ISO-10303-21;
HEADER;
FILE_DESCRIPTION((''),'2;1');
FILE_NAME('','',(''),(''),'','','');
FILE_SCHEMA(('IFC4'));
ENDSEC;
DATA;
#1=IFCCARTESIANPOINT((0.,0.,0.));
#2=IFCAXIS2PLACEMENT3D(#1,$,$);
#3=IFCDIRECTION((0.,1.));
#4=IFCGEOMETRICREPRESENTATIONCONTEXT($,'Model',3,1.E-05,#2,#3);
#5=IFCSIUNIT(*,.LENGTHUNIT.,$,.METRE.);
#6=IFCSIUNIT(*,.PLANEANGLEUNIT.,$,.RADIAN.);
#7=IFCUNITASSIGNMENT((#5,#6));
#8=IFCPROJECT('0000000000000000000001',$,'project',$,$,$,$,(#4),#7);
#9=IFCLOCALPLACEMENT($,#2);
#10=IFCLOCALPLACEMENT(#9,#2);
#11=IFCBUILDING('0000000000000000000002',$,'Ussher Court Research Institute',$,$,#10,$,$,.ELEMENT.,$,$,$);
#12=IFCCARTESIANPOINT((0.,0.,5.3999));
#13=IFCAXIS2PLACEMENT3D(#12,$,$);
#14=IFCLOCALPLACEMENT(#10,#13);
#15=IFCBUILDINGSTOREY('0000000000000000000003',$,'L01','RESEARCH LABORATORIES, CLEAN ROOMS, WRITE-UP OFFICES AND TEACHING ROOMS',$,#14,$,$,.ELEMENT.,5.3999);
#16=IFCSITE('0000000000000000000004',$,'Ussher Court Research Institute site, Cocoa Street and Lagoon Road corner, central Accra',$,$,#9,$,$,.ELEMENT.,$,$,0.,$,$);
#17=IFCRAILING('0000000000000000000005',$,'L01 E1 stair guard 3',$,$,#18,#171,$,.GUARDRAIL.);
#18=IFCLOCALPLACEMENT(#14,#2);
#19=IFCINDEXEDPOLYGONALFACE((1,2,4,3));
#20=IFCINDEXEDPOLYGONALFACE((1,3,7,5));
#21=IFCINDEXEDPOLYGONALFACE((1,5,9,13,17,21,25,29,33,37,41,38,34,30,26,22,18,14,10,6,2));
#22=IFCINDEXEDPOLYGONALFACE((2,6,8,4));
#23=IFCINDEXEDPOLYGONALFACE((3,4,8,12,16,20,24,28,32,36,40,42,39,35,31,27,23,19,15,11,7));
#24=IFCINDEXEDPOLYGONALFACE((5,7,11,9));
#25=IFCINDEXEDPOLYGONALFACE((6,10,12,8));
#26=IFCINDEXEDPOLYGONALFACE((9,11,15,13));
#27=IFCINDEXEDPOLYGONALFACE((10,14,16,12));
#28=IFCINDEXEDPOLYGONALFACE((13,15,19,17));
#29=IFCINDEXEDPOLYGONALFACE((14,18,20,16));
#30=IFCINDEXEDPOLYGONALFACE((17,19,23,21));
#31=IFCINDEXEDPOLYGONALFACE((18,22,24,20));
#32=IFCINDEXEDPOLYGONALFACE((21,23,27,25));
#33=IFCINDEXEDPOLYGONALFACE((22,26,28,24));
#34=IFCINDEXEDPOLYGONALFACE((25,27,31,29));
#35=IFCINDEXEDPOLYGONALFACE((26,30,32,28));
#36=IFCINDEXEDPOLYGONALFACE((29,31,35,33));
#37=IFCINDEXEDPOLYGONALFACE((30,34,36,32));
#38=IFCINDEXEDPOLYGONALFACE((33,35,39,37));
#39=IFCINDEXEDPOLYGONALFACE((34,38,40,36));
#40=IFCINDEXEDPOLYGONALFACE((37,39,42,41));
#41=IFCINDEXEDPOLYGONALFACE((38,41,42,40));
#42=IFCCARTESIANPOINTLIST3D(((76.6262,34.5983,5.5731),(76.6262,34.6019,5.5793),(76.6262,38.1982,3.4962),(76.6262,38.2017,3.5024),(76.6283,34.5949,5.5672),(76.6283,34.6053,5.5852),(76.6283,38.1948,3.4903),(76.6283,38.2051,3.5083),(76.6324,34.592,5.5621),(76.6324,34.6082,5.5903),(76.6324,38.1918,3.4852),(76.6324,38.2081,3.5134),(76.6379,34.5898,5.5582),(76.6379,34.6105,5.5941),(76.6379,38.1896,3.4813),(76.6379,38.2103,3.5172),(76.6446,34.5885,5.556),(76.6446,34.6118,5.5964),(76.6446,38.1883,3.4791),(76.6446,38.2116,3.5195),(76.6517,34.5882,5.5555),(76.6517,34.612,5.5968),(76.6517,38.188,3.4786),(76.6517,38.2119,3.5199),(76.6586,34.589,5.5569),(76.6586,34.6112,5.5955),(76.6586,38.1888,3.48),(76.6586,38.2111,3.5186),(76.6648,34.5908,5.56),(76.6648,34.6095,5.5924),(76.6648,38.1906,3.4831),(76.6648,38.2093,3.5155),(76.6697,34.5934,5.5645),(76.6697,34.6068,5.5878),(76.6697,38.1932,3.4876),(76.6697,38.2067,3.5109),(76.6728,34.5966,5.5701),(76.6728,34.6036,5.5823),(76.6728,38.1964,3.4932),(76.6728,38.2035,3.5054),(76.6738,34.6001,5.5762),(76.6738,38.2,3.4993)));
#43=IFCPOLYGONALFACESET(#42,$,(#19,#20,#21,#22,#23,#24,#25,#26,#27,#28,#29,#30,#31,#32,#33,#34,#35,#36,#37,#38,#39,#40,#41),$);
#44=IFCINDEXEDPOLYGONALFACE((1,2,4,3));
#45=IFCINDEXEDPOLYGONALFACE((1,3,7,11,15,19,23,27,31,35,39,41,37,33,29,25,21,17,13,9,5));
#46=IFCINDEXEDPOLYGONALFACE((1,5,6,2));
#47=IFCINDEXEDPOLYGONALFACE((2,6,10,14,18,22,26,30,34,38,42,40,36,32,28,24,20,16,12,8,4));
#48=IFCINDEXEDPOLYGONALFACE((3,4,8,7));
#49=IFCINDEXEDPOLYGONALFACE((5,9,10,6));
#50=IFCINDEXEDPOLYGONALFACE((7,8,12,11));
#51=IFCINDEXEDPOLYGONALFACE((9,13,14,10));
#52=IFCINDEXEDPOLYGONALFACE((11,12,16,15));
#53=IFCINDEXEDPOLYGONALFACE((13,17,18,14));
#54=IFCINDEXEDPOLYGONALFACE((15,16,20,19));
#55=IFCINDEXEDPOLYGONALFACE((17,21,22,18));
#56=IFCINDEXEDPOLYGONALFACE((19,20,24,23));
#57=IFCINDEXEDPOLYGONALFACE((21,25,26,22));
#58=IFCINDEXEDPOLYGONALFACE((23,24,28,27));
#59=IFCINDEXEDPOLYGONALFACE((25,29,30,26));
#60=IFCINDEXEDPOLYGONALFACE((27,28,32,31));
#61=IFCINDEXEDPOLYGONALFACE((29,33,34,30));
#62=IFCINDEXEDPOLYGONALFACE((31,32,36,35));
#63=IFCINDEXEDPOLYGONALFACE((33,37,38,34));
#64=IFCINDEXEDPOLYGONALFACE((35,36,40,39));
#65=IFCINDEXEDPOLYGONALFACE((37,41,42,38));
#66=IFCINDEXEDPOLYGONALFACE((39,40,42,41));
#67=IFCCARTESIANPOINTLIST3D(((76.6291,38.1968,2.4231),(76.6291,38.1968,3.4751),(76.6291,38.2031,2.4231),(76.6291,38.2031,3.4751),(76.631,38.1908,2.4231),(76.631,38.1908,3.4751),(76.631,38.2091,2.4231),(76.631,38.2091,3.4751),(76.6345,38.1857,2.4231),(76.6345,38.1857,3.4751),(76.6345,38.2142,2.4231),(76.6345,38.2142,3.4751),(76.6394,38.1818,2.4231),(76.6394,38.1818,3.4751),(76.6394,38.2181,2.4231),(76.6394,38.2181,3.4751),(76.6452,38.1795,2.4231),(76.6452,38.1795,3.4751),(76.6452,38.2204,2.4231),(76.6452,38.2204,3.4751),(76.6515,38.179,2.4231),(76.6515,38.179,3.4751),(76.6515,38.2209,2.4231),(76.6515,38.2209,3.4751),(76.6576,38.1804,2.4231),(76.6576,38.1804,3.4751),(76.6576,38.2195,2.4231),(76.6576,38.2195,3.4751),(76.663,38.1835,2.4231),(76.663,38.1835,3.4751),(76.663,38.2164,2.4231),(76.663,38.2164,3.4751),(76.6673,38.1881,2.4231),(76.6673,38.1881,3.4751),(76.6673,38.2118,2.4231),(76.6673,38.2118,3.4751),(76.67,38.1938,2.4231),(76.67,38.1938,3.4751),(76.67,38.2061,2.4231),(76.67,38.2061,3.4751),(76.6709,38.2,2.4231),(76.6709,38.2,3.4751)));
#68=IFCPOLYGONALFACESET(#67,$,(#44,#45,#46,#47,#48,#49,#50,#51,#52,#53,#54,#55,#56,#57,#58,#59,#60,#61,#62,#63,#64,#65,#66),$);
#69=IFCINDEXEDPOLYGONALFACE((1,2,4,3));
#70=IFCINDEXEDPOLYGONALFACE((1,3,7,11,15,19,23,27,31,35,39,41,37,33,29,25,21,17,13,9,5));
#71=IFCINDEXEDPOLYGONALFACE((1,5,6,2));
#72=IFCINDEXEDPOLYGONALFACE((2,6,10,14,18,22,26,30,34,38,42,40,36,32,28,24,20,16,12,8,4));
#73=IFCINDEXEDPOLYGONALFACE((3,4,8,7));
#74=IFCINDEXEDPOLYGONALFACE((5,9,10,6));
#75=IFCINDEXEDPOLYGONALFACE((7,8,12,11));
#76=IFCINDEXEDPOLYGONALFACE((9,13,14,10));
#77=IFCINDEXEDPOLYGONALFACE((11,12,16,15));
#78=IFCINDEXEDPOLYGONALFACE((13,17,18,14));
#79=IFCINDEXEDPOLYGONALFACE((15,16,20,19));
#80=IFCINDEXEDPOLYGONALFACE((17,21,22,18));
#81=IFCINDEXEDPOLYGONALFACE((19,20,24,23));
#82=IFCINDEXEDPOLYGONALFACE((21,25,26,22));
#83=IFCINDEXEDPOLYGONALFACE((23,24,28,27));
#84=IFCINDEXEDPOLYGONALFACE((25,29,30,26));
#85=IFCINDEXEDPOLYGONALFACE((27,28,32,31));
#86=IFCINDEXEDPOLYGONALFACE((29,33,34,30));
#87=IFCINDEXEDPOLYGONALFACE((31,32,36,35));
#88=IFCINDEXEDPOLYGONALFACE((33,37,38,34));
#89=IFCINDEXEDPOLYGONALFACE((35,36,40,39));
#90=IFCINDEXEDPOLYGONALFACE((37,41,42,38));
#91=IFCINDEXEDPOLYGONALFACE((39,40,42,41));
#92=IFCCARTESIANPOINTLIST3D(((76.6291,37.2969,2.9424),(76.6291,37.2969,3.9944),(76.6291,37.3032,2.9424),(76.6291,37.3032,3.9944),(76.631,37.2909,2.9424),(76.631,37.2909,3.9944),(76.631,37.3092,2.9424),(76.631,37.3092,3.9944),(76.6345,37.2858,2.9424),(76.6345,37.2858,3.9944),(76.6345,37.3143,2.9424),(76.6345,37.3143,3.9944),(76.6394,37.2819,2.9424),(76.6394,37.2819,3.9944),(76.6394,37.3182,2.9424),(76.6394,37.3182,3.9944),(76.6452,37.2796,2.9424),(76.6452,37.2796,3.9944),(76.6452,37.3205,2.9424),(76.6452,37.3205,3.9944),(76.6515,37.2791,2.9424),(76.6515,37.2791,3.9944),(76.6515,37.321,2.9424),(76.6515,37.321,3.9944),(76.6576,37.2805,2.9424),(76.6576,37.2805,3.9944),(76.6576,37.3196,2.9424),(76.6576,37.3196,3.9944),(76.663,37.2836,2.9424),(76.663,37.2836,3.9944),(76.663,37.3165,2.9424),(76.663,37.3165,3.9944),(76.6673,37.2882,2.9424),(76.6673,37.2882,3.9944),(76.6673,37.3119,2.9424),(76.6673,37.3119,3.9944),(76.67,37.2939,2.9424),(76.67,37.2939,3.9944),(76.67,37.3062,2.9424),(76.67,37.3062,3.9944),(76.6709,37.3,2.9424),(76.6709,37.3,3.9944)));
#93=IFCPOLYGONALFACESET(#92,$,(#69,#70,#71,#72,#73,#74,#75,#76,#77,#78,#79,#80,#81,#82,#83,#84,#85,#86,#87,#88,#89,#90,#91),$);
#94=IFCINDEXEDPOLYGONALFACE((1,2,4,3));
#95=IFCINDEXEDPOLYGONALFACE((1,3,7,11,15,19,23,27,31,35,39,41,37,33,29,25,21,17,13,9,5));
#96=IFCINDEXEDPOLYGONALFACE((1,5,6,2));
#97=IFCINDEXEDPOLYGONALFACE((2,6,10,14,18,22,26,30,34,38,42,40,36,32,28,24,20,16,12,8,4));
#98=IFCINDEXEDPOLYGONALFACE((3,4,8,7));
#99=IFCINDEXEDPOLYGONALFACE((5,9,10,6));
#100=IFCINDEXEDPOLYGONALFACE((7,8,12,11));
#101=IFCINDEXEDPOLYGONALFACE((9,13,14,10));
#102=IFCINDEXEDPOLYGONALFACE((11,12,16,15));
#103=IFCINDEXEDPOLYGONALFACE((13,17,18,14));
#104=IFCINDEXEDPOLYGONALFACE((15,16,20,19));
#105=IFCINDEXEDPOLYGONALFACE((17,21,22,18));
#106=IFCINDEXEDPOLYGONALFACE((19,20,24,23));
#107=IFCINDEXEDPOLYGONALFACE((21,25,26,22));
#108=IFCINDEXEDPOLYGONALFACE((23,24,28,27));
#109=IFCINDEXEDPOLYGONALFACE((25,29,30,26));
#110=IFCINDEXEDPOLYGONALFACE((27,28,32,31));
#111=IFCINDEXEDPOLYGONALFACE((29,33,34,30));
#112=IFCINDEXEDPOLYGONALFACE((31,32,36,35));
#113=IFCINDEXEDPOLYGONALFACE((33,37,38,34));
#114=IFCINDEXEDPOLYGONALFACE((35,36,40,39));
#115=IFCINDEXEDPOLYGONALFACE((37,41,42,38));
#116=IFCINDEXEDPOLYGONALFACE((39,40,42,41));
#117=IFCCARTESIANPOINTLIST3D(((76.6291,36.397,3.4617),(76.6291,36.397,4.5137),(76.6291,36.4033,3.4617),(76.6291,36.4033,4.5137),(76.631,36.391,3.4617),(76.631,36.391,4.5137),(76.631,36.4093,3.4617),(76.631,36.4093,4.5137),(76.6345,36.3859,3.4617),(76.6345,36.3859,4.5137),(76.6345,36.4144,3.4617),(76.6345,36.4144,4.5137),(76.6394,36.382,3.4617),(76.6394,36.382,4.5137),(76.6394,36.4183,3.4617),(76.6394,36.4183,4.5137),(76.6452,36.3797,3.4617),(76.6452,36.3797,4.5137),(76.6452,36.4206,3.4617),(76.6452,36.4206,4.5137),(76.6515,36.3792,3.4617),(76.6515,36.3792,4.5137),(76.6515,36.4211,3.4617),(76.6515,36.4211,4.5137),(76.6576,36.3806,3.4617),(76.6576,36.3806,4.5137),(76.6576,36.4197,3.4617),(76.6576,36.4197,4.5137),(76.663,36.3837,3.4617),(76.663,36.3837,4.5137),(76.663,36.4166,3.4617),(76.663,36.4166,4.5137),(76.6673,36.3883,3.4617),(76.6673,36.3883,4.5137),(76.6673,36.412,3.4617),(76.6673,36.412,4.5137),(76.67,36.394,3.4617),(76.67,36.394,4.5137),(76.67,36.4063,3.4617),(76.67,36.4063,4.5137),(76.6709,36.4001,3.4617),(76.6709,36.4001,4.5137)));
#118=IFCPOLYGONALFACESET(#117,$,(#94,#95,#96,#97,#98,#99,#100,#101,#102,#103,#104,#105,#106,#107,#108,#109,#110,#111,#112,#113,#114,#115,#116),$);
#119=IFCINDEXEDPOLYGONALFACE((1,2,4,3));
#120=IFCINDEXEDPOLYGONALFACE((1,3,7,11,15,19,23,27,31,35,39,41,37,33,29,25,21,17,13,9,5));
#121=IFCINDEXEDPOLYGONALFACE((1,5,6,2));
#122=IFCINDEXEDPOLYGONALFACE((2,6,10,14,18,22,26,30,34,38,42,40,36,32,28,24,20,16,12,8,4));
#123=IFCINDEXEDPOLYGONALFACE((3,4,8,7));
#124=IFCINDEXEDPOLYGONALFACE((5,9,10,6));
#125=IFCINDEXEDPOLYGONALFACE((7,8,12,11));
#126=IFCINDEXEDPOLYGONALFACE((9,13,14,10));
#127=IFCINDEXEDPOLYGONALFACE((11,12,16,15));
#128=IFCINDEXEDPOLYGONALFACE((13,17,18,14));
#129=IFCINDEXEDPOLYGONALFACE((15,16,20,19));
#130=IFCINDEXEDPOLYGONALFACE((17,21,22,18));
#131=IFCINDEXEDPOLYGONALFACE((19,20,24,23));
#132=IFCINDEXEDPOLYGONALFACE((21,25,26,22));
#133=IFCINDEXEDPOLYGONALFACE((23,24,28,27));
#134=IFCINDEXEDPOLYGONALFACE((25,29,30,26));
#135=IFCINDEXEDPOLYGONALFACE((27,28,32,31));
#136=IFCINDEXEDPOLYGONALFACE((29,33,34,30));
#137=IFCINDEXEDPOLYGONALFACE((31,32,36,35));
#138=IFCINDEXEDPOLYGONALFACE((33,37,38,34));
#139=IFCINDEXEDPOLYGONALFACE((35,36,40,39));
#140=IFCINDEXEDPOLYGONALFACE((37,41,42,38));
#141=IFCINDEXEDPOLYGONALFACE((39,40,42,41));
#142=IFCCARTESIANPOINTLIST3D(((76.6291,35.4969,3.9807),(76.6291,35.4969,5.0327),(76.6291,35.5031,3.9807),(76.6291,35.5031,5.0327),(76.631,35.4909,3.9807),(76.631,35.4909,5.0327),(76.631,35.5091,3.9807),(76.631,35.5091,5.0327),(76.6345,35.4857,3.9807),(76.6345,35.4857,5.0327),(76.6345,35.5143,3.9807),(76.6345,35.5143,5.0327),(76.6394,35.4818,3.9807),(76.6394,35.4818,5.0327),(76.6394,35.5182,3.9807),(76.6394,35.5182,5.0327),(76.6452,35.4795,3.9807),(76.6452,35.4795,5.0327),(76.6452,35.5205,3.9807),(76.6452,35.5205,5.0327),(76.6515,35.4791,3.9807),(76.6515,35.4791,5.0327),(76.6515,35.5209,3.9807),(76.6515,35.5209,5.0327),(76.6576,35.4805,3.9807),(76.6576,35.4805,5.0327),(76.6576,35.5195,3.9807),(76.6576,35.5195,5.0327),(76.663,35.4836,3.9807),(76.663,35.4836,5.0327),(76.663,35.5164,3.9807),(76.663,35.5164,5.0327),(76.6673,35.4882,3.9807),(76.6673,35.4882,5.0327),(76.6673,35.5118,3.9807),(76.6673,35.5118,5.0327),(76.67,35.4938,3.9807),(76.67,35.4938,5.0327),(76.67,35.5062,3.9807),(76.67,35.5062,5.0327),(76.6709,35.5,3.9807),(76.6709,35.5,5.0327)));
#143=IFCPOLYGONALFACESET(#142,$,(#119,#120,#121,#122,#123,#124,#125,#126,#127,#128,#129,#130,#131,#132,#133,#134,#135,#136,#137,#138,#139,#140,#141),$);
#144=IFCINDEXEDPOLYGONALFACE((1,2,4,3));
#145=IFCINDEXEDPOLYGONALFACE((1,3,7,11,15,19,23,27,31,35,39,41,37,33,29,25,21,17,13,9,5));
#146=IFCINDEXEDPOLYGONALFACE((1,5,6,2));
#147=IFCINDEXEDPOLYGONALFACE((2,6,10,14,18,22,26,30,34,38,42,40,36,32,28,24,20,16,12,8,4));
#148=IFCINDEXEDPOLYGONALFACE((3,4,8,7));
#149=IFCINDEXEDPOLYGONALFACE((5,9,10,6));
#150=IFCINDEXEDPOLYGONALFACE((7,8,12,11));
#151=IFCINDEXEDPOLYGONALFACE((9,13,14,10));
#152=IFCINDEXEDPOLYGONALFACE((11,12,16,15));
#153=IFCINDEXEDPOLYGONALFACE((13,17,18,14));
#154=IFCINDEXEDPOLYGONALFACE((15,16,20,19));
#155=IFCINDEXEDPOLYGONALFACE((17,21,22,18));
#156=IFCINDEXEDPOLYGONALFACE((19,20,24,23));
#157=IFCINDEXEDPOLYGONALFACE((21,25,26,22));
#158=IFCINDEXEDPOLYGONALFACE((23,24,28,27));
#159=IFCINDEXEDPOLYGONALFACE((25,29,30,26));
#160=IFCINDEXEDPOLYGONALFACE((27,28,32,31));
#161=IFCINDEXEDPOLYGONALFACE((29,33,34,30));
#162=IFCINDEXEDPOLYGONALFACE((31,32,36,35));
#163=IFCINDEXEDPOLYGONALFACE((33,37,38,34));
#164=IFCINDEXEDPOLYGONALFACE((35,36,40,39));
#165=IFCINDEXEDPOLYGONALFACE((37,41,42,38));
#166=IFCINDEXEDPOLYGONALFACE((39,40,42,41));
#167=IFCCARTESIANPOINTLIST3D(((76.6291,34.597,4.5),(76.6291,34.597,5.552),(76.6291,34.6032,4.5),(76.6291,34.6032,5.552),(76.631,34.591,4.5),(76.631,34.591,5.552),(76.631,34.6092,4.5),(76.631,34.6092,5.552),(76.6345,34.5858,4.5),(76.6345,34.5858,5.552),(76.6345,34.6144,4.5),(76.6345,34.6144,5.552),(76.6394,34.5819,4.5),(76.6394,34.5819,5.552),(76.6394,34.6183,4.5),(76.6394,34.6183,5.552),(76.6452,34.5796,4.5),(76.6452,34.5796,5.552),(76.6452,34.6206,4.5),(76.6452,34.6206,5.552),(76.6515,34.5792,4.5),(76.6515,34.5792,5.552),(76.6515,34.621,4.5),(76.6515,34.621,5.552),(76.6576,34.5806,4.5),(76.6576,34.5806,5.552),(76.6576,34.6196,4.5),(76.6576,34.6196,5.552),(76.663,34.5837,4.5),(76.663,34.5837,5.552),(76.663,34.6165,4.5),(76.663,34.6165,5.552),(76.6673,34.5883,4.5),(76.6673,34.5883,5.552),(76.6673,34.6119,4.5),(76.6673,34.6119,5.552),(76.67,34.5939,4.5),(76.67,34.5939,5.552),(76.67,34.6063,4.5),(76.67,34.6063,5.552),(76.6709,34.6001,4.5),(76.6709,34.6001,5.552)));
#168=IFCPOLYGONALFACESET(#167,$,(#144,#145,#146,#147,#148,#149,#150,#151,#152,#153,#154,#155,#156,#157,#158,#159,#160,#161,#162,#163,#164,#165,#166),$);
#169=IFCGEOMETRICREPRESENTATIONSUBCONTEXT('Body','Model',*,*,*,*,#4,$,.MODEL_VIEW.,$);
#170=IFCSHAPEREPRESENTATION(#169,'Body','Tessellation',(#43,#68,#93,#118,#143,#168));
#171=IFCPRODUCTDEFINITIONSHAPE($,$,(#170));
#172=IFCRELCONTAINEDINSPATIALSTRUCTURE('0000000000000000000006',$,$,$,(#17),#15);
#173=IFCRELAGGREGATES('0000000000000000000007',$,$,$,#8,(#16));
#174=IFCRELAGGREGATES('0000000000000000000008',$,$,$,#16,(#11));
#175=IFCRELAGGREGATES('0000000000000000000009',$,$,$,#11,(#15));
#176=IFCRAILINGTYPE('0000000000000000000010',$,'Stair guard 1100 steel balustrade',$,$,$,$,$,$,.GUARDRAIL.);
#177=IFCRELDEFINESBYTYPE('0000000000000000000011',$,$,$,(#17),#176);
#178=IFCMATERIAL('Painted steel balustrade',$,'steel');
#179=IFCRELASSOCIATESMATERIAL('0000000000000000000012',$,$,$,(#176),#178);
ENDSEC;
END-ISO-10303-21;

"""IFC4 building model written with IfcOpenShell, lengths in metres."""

from ifc_helpers import new_model, si_unit, direction, frame, origin, origin_2d, place, context, subcontext, project, spatial, circle, extrude, material, type_object, element, save


model = new_model("IFC4")

# Units and contexts
model_context = context("Model", 3, precision=1e-05, world=origin(), true_north=direction((0.0, 1.0)))
body_context = subcontext(model_context, "Body", "Model", "MODEL_VIEW")
ifc_project = project(units=[si_unit("LENGTHUNIT", "METRE"), si_unit("PLANEANGLEUNIT", "RADIAN")], contexts=[model_context])

# Site, building, storey
site_placement = place(None, origin())
site = spatial("IfcSite", under=ifc_project, at=site_placement, Name="Ussher Court Research Institute site, Cocoa Street and Lagoon Road corner, central Accra", CompositionType="ELEMENT", RefElevation=0.0)
building_placement = place(site_placement, origin())
building = spatial("IfcBuilding", under=site, at=building_placement, Name="Ussher Court Research Institute", CompositionType="ELEMENT")
storey_placement = place(building_placement, frame((0.0, 0.0, 5.3999)))
storey = spatial("IfcBuildingStorey", under=building, at=storey_placement, Name="L01", Description="RESEARCH LABORATORIES, CLEAN ROOMS, WRITE-UP OFFICES AND TEACHING ROOMS", CompositionType="ELEMENT", Elevation=5.3999)

# Railing
ifc_material_1 = material(Name="Painted steel balustrade", Category="steel")
railing_type_1 = type_object("IfcRailingType", Name="Stair guard 1100 steel balustrade", PredefinedType="GUARDRAIL", material=ifc_material_1)
railing_1_placement = place(storey_placement, frame((76.6499, 38.2, 2.4231)))
element("IfcRailing", 1, at=railing_1_placement, inside=storey, type_object=railing_type_1, Name="L01 E1 stair guard 3", PredefinedType="GUARDRAIL", context=body_context, shape_type="SweptSolid", body=[
    extrude(circle(Radius=0.0239, at=origin_2d()), frame((0.0, 0.0, 1.0762), z_axis=(0.0, -0.866179, 0.499734), x_axis=(1.0, 0.0, 0.0)), (0.0, 0.0, 1.0), 4.156),
    extrude(circle(Radius=0.021, at=origin_2d()), origin(), (0.0, 0.0, 1.0), 1.052),
    extrude(circle(Radius=0.021, at=origin_2d()), frame((0.0, -0.8999, 0.5193)), (0.0, 0.0, 1.0), 1.052),
    extrude(circle(Radius=0.021, at=origin_2d()), frame((0.0, -1.7998, 1.0386)), (0.0, 0.0, 1.0), 1.052),
    extrude(circle(Radius=0.021, at=origin_2d()), frame((0.0, -2.7, 1.5576)), (0.0, 0.0, 1.0), 1.052),
    extrude(circle(Radius=0.021, at=origin_2d()), frame((0.0, -3.5999, 2.0769)), (0.0, 0.0, 1.0), 1.052),
])

save(model, "model.ifc")
